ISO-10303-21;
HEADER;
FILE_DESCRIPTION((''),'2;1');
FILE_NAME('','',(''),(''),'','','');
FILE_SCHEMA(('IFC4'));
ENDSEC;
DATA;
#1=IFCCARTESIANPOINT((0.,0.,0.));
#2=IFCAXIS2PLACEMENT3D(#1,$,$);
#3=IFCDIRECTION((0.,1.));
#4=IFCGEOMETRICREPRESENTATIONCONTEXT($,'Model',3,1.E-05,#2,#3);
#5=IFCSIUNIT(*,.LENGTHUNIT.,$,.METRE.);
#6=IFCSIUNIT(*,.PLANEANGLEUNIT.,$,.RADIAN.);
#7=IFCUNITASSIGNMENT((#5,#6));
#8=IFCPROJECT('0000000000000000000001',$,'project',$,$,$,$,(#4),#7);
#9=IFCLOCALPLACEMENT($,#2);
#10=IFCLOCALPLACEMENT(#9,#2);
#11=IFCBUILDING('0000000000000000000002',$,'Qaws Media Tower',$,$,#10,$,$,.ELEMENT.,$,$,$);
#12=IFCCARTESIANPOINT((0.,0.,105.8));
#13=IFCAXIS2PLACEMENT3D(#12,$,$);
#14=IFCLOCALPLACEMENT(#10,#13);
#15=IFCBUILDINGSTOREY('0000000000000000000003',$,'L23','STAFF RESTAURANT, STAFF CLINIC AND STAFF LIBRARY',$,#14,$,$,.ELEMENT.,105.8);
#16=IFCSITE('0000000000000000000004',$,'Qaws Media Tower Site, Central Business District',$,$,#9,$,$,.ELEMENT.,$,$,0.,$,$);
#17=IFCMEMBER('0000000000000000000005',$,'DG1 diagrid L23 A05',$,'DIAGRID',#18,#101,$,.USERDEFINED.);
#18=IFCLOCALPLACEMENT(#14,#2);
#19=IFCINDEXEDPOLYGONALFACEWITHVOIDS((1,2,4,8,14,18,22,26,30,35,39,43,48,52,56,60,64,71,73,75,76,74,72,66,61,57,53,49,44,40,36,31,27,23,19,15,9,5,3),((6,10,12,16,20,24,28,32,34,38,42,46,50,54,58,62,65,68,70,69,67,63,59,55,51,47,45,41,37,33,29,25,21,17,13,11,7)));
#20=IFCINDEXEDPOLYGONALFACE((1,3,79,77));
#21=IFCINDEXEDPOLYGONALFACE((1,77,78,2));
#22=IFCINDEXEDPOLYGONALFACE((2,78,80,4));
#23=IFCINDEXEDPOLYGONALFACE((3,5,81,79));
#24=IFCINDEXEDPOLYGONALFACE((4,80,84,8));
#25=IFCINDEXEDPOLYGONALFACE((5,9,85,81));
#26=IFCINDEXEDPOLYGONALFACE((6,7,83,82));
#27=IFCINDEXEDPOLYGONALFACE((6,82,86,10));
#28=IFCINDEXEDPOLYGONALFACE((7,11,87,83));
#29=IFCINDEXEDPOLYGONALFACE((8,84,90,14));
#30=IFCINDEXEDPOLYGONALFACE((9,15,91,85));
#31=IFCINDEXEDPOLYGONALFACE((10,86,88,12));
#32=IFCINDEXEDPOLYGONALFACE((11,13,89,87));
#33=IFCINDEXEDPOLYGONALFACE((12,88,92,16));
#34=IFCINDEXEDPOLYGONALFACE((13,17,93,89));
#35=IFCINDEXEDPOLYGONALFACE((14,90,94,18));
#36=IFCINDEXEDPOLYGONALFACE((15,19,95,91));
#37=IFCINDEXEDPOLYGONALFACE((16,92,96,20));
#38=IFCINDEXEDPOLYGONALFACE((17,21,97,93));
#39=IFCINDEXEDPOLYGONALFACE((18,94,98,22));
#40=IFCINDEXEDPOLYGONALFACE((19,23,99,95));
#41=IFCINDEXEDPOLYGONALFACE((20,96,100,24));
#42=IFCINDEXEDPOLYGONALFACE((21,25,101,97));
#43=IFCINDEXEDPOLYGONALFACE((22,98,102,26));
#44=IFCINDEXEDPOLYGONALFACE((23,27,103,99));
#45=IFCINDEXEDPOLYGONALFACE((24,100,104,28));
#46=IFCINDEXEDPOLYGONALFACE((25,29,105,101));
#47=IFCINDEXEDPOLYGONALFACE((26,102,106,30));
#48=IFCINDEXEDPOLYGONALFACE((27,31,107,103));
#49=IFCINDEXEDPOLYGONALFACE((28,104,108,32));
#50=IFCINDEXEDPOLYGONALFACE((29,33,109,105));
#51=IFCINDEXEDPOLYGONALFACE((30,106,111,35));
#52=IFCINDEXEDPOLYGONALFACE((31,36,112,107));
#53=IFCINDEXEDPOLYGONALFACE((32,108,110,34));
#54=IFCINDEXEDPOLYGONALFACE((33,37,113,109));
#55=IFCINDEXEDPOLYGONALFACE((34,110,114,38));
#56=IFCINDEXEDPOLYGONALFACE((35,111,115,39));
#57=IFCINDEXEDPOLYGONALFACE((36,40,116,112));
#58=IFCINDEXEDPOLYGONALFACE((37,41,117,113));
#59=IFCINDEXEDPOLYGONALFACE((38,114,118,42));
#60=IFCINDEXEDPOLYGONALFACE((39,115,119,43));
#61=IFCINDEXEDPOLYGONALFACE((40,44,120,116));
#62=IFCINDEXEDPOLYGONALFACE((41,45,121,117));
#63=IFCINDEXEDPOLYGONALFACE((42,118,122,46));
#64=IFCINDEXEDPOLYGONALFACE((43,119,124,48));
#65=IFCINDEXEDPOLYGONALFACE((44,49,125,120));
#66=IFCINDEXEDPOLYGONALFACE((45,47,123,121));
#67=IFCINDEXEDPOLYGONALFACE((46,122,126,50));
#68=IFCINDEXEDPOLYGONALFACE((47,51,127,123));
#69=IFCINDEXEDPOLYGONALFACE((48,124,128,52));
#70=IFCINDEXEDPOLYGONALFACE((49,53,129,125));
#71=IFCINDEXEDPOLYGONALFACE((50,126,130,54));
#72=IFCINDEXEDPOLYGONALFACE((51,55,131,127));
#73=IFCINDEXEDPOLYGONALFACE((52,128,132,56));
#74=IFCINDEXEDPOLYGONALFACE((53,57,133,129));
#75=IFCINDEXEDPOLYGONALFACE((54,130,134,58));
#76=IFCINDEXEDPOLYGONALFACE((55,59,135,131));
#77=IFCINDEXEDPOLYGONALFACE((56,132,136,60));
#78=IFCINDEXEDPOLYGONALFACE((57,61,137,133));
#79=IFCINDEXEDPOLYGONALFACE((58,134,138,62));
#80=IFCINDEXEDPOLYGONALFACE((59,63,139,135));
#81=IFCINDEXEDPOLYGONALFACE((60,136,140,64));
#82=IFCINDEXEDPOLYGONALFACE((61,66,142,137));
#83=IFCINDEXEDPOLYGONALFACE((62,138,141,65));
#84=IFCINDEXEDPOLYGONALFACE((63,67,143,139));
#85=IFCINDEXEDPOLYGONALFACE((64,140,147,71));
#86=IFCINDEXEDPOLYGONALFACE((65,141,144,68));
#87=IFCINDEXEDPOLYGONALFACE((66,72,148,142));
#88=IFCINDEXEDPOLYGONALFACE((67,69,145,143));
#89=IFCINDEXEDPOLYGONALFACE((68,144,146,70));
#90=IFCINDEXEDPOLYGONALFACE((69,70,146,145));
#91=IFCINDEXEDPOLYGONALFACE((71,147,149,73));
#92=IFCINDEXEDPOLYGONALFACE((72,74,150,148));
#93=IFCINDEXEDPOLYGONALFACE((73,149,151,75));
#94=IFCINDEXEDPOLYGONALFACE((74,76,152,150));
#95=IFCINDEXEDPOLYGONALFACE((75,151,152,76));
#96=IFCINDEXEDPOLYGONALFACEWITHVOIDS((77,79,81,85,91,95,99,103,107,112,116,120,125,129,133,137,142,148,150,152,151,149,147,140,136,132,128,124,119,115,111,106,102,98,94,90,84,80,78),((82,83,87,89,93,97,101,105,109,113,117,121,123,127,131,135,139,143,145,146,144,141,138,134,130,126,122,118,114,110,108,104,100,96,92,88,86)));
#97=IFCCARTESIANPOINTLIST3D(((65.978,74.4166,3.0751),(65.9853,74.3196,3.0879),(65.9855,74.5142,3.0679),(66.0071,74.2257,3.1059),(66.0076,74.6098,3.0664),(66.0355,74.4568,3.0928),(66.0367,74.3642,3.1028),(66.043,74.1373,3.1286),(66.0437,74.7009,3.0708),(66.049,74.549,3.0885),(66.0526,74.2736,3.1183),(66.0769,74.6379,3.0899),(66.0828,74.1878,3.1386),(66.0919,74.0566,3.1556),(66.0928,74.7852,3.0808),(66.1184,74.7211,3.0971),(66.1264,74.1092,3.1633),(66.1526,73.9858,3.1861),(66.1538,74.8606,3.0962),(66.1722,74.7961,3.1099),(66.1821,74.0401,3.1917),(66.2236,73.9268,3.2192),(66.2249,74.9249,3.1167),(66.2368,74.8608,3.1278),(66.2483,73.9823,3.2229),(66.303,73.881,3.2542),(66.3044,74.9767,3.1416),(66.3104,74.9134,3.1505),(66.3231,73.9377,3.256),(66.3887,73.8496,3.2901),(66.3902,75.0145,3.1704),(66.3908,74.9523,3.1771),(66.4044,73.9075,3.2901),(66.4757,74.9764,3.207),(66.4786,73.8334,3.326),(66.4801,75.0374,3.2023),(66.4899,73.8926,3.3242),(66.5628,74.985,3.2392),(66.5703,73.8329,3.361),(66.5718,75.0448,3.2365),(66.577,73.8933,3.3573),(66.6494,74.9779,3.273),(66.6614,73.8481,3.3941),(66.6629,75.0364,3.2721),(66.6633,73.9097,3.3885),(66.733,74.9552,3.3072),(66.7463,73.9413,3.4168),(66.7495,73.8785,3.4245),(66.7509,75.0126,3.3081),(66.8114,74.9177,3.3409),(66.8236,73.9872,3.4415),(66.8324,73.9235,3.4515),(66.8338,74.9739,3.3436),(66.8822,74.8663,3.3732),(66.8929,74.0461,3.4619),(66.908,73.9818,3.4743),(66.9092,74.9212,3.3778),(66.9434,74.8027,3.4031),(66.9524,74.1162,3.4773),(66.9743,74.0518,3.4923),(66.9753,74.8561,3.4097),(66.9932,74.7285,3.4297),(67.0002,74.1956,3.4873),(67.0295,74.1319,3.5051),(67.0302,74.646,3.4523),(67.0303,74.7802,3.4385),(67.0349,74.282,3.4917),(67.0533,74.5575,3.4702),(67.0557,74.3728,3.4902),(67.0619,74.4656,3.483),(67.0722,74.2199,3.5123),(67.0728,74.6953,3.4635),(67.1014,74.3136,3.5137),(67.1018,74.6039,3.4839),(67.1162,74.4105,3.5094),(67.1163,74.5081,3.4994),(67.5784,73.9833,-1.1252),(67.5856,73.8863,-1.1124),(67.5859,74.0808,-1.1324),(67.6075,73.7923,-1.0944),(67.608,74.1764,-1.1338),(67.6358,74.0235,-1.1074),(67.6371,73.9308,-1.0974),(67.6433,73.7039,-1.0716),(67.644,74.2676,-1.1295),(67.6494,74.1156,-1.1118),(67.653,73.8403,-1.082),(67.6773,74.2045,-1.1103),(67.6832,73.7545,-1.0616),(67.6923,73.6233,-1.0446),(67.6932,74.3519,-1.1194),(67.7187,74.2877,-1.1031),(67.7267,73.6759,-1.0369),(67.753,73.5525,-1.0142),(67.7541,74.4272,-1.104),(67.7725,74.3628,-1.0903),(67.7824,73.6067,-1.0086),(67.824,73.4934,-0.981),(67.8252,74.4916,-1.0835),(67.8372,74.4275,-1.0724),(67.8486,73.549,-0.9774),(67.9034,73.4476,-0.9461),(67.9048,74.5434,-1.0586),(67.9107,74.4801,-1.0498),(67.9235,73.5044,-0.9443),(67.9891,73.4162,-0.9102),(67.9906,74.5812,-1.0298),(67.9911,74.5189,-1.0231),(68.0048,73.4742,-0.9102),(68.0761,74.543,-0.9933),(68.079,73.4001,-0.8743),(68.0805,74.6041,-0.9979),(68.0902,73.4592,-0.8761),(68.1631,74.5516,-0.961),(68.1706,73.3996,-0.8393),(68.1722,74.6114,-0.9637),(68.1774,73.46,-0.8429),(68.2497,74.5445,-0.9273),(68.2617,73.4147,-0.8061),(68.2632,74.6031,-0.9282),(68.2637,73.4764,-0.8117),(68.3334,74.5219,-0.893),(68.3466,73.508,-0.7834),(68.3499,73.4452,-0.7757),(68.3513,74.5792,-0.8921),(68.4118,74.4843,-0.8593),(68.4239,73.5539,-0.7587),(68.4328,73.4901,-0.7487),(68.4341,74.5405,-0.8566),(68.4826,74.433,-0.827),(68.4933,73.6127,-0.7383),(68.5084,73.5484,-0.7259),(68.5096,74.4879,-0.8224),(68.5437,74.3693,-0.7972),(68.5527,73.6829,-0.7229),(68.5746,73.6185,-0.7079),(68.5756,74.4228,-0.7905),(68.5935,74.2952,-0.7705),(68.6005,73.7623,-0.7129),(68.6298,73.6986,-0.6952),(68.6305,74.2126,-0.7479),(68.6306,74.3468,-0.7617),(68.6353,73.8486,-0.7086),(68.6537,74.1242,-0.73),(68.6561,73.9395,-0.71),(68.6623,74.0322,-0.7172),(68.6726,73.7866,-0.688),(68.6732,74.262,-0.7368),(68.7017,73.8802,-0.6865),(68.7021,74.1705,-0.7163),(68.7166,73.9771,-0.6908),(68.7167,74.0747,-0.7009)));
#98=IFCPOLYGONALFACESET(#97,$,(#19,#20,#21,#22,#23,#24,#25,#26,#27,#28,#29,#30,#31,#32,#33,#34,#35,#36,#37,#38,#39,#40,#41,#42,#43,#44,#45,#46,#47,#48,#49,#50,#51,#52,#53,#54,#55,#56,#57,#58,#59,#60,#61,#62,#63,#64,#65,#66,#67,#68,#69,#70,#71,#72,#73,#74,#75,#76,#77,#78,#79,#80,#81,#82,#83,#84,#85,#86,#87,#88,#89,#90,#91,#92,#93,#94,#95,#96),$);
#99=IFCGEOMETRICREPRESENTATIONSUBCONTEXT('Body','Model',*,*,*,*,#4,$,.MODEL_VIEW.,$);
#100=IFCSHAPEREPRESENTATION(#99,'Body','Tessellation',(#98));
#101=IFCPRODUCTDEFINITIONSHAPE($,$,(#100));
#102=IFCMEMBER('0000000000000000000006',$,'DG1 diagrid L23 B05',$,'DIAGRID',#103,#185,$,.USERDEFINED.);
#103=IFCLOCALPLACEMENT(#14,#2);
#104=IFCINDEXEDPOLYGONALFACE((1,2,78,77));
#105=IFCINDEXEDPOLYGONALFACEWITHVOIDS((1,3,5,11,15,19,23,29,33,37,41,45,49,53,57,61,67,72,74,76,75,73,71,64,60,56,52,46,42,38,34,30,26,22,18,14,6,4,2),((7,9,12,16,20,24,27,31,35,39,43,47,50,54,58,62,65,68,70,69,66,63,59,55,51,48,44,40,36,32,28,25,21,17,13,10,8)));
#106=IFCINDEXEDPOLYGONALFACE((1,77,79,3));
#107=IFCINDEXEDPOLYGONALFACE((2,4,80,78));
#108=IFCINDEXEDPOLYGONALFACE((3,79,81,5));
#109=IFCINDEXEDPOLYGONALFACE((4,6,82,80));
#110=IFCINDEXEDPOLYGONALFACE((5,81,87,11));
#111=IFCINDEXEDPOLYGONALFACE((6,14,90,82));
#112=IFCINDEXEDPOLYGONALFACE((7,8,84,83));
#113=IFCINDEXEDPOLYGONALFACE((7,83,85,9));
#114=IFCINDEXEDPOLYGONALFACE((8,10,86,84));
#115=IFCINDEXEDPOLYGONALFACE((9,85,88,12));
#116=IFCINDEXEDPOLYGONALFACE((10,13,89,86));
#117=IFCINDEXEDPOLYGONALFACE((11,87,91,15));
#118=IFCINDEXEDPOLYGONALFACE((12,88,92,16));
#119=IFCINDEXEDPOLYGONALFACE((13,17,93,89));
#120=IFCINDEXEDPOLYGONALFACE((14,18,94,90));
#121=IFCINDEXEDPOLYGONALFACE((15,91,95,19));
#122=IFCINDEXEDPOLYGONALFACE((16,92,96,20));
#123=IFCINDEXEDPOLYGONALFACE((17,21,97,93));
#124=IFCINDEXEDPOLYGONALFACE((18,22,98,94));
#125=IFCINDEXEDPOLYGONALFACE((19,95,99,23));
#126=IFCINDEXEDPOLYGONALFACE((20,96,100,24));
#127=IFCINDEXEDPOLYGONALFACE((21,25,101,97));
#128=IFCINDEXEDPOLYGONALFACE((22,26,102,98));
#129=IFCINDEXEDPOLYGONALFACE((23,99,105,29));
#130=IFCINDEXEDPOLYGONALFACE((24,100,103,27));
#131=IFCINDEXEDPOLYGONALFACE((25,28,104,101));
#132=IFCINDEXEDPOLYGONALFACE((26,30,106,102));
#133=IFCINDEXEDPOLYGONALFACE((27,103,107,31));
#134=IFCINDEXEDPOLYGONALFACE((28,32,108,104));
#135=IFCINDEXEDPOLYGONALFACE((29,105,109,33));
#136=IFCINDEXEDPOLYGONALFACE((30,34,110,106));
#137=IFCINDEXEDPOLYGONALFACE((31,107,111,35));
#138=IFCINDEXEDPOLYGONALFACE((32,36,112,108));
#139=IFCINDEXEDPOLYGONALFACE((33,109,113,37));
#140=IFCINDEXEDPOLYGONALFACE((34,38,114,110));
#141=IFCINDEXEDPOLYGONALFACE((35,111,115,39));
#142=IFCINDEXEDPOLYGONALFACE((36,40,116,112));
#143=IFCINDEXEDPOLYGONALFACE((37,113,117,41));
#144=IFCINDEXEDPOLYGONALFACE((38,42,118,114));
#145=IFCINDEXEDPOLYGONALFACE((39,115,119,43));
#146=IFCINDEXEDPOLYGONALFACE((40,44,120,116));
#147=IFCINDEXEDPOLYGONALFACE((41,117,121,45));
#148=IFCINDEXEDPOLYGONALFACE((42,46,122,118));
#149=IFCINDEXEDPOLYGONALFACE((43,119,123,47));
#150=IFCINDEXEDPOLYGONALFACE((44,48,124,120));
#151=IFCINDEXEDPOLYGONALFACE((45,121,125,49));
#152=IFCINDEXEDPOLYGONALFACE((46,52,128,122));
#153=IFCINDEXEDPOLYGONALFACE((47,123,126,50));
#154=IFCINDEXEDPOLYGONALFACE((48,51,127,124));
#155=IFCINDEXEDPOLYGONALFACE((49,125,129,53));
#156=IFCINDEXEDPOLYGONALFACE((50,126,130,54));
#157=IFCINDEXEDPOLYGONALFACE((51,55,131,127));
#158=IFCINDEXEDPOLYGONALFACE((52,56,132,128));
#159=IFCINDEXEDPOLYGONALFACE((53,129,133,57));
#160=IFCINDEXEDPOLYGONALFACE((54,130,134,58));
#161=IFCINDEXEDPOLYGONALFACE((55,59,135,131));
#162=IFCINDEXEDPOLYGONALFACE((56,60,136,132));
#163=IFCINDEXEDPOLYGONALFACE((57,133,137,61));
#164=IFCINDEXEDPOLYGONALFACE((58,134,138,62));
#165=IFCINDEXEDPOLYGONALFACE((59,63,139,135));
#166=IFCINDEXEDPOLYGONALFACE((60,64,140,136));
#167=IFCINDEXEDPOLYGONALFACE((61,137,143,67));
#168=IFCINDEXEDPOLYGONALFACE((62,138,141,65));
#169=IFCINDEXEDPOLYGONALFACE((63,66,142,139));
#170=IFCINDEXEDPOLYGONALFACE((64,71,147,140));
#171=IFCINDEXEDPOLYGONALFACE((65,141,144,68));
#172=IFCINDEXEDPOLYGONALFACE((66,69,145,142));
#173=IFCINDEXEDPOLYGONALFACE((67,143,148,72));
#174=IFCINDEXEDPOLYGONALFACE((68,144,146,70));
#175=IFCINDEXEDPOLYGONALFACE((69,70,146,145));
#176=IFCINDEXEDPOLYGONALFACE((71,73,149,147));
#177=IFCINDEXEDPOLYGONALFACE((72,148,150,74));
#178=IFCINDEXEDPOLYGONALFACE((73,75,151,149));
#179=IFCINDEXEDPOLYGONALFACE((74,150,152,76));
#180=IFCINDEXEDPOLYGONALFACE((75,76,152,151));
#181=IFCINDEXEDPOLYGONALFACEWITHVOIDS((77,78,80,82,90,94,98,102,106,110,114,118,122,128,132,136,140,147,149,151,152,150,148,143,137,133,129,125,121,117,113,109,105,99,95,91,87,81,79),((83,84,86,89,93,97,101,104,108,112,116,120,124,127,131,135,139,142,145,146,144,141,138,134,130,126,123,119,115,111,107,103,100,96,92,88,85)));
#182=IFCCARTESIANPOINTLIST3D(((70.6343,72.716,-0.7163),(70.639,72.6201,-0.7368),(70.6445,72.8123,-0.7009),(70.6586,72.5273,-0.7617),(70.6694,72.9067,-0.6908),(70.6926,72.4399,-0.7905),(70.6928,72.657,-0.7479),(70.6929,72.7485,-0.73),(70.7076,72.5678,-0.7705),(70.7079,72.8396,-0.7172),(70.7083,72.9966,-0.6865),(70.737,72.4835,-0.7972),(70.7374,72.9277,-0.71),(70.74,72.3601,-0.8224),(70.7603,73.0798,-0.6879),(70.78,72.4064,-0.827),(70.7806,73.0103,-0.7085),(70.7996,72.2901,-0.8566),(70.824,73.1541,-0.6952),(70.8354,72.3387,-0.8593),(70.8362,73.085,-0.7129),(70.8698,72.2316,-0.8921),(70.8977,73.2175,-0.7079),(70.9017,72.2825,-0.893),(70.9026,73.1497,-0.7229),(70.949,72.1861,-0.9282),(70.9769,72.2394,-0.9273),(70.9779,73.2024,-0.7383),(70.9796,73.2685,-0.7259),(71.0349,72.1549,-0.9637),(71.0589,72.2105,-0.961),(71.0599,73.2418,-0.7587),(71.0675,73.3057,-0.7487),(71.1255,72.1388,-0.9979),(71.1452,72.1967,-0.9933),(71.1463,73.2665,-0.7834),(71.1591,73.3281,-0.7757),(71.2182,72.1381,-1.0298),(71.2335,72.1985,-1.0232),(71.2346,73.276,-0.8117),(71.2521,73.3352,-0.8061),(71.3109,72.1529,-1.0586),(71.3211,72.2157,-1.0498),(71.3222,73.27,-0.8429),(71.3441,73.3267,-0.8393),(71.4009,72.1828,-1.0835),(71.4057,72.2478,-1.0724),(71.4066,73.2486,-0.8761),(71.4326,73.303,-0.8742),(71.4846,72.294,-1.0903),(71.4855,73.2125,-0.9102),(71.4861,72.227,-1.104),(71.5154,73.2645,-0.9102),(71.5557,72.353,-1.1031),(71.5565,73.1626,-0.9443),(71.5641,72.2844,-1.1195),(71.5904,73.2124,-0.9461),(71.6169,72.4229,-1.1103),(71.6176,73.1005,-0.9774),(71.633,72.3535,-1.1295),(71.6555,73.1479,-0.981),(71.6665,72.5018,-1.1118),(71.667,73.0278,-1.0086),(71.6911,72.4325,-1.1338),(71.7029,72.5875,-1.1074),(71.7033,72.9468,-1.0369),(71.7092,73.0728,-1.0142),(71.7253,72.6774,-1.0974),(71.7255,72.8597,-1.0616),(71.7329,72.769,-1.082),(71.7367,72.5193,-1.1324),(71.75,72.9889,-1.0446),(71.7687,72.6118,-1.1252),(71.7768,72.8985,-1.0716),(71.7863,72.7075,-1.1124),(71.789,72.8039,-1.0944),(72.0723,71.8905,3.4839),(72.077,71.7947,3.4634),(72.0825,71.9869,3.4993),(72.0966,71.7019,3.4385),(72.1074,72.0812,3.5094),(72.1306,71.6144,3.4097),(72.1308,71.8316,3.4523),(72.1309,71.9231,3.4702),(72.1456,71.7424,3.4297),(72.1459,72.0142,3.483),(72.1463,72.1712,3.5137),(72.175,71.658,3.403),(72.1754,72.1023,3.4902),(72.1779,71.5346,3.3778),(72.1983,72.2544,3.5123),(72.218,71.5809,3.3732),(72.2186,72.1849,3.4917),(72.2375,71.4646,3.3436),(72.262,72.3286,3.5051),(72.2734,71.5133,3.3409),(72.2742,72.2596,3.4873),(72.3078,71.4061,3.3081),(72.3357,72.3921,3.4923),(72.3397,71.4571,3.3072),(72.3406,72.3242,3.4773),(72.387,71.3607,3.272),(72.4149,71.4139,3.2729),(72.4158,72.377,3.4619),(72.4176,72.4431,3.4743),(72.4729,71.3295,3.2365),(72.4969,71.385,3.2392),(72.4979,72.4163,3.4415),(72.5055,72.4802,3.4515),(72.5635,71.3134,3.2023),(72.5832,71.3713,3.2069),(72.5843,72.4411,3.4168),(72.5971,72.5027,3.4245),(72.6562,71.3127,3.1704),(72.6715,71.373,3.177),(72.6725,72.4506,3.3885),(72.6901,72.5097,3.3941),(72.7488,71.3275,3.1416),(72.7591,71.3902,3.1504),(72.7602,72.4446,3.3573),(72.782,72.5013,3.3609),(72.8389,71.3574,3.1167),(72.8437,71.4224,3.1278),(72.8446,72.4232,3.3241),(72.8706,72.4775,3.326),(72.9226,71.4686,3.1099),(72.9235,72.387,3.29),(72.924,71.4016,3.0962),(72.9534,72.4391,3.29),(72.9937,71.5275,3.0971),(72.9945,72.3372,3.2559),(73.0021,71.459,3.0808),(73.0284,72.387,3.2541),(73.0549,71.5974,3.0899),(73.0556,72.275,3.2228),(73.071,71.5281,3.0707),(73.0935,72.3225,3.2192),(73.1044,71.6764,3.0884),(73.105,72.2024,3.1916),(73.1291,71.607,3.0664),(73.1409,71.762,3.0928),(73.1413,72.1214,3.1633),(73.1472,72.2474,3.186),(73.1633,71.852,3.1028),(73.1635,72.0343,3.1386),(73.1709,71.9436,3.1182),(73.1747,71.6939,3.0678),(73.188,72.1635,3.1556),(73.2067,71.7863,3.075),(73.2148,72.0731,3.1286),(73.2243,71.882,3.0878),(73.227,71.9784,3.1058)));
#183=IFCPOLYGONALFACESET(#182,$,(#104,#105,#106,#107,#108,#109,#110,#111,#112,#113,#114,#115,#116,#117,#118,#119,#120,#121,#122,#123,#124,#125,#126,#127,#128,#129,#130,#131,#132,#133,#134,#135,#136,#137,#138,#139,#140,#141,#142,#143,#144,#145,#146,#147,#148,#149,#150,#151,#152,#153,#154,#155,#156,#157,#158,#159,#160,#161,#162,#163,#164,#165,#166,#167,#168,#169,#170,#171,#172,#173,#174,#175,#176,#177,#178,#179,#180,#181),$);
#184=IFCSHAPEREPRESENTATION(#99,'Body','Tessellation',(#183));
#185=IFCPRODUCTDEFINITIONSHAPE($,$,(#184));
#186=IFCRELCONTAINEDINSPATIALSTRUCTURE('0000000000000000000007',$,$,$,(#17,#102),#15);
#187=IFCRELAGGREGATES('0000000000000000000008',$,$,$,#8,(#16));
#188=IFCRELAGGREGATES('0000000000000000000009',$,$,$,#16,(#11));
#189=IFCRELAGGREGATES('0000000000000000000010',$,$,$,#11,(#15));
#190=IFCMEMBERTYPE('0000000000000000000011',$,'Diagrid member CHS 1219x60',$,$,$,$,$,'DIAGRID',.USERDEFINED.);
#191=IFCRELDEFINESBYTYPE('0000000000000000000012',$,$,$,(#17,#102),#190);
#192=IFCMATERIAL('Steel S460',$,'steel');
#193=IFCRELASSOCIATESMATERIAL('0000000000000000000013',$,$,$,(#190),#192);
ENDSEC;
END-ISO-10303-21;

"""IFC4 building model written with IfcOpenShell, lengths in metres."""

from ifc_helpers import new_model, si_unit, direction, frame, origin, origin_2d, place, context, subcontext, project, spatial, hollow_circle, extrude, material, material_profile, profile_set, type_object, element, save


model = new_model("IFC4")

# Units and contexts
model_context = context("Model", 3, precision=1e-05, world=origin(), true_north=direction((0.0, 1.0)))
body_context = subcontext(model_context, "Body", "Model", "MODEL_VIEW")
ifc_project = project(units=[si_unit("LENGTHUNIT", "METRE"), si_unit("PLANEANGLEUNIT", "RADIAN")], contexts=[model_context])

# Site, building, storey
site_placement = place(None, origin())
site = spatial("IfcSite", under=ifc_project, at=site_placement, Name="Qaws Media Tower Site, Central Business District", CompositionType="ELEMENT", RefElevation=0.0)
building_placement = place(site_placement, origin())
building = spatial("IfcBuilding", under=site, at=building_placement, Name="Qaws Media Tower", CompositionType="ELEMENT")
storey_placement = place(building_placement, frame((0.0, 0.0, 105.8)))
storey = spatial("IfcBuildingStorey", under=building, at=storey_placement, Name="L23", Description="STAFF RESTAURANT, STAFF CLINIC AND STAFF LIBRARY", CompositionType="ELEMENT", Elevation=105.8)

# Members
ifc_material_1 = material(Name="Steel S460", Category="steel")
ifc_material_profile_1 = material_profile(ifc_material_1, hollow_circle(Radius=0.6096, WallThickness=0.0601, at=origin_2d()), Name="CHS 1219x60")
ifc_profile_set_1 = profile_set([ifc_material_profile_1], Name="Steel S460")
member_type_1 = type_object("IfcMemberType", Name="Diagrid member CHS 1219x60", ElementType="DIAGRID", PredefinedType="USERDEFINED", material=ifc_profile_set_1)
for number, where, z_axis, x_axis, name in (
    (1, (68.1484, 74.0046, -0.9102), (-0.354404, 0.095968, 0.930155), (-0.261373, -0.965238, 0.0), "DG1 diagrid L23 A05"),
    (2, (71.2119, 72.7358, -0.9102), (0.318448, -0.182797, 0.930149), (0.497835, 0.867272, 0.0), "DG1 diagrid L23 B05"),
):
    element("IfcMember", number, at=place(storey_placement, frame(where, z_axis=z_axis, x_axis=x_axis)), inside=storey, type_object=member_type_1, Name=name, ObjectType="DIAGRID", PredefinedType="USERDEFINED", context=body_context, shape_type="SweptSolid", body=[
        extrude(hollow_circle(Radius=0.6096, WallThickness=0.0601, at=origin_2d()), origin(), (0.0, 0.0, 1.0), 4.5156),
    ])

save(model, "model.ifc")
